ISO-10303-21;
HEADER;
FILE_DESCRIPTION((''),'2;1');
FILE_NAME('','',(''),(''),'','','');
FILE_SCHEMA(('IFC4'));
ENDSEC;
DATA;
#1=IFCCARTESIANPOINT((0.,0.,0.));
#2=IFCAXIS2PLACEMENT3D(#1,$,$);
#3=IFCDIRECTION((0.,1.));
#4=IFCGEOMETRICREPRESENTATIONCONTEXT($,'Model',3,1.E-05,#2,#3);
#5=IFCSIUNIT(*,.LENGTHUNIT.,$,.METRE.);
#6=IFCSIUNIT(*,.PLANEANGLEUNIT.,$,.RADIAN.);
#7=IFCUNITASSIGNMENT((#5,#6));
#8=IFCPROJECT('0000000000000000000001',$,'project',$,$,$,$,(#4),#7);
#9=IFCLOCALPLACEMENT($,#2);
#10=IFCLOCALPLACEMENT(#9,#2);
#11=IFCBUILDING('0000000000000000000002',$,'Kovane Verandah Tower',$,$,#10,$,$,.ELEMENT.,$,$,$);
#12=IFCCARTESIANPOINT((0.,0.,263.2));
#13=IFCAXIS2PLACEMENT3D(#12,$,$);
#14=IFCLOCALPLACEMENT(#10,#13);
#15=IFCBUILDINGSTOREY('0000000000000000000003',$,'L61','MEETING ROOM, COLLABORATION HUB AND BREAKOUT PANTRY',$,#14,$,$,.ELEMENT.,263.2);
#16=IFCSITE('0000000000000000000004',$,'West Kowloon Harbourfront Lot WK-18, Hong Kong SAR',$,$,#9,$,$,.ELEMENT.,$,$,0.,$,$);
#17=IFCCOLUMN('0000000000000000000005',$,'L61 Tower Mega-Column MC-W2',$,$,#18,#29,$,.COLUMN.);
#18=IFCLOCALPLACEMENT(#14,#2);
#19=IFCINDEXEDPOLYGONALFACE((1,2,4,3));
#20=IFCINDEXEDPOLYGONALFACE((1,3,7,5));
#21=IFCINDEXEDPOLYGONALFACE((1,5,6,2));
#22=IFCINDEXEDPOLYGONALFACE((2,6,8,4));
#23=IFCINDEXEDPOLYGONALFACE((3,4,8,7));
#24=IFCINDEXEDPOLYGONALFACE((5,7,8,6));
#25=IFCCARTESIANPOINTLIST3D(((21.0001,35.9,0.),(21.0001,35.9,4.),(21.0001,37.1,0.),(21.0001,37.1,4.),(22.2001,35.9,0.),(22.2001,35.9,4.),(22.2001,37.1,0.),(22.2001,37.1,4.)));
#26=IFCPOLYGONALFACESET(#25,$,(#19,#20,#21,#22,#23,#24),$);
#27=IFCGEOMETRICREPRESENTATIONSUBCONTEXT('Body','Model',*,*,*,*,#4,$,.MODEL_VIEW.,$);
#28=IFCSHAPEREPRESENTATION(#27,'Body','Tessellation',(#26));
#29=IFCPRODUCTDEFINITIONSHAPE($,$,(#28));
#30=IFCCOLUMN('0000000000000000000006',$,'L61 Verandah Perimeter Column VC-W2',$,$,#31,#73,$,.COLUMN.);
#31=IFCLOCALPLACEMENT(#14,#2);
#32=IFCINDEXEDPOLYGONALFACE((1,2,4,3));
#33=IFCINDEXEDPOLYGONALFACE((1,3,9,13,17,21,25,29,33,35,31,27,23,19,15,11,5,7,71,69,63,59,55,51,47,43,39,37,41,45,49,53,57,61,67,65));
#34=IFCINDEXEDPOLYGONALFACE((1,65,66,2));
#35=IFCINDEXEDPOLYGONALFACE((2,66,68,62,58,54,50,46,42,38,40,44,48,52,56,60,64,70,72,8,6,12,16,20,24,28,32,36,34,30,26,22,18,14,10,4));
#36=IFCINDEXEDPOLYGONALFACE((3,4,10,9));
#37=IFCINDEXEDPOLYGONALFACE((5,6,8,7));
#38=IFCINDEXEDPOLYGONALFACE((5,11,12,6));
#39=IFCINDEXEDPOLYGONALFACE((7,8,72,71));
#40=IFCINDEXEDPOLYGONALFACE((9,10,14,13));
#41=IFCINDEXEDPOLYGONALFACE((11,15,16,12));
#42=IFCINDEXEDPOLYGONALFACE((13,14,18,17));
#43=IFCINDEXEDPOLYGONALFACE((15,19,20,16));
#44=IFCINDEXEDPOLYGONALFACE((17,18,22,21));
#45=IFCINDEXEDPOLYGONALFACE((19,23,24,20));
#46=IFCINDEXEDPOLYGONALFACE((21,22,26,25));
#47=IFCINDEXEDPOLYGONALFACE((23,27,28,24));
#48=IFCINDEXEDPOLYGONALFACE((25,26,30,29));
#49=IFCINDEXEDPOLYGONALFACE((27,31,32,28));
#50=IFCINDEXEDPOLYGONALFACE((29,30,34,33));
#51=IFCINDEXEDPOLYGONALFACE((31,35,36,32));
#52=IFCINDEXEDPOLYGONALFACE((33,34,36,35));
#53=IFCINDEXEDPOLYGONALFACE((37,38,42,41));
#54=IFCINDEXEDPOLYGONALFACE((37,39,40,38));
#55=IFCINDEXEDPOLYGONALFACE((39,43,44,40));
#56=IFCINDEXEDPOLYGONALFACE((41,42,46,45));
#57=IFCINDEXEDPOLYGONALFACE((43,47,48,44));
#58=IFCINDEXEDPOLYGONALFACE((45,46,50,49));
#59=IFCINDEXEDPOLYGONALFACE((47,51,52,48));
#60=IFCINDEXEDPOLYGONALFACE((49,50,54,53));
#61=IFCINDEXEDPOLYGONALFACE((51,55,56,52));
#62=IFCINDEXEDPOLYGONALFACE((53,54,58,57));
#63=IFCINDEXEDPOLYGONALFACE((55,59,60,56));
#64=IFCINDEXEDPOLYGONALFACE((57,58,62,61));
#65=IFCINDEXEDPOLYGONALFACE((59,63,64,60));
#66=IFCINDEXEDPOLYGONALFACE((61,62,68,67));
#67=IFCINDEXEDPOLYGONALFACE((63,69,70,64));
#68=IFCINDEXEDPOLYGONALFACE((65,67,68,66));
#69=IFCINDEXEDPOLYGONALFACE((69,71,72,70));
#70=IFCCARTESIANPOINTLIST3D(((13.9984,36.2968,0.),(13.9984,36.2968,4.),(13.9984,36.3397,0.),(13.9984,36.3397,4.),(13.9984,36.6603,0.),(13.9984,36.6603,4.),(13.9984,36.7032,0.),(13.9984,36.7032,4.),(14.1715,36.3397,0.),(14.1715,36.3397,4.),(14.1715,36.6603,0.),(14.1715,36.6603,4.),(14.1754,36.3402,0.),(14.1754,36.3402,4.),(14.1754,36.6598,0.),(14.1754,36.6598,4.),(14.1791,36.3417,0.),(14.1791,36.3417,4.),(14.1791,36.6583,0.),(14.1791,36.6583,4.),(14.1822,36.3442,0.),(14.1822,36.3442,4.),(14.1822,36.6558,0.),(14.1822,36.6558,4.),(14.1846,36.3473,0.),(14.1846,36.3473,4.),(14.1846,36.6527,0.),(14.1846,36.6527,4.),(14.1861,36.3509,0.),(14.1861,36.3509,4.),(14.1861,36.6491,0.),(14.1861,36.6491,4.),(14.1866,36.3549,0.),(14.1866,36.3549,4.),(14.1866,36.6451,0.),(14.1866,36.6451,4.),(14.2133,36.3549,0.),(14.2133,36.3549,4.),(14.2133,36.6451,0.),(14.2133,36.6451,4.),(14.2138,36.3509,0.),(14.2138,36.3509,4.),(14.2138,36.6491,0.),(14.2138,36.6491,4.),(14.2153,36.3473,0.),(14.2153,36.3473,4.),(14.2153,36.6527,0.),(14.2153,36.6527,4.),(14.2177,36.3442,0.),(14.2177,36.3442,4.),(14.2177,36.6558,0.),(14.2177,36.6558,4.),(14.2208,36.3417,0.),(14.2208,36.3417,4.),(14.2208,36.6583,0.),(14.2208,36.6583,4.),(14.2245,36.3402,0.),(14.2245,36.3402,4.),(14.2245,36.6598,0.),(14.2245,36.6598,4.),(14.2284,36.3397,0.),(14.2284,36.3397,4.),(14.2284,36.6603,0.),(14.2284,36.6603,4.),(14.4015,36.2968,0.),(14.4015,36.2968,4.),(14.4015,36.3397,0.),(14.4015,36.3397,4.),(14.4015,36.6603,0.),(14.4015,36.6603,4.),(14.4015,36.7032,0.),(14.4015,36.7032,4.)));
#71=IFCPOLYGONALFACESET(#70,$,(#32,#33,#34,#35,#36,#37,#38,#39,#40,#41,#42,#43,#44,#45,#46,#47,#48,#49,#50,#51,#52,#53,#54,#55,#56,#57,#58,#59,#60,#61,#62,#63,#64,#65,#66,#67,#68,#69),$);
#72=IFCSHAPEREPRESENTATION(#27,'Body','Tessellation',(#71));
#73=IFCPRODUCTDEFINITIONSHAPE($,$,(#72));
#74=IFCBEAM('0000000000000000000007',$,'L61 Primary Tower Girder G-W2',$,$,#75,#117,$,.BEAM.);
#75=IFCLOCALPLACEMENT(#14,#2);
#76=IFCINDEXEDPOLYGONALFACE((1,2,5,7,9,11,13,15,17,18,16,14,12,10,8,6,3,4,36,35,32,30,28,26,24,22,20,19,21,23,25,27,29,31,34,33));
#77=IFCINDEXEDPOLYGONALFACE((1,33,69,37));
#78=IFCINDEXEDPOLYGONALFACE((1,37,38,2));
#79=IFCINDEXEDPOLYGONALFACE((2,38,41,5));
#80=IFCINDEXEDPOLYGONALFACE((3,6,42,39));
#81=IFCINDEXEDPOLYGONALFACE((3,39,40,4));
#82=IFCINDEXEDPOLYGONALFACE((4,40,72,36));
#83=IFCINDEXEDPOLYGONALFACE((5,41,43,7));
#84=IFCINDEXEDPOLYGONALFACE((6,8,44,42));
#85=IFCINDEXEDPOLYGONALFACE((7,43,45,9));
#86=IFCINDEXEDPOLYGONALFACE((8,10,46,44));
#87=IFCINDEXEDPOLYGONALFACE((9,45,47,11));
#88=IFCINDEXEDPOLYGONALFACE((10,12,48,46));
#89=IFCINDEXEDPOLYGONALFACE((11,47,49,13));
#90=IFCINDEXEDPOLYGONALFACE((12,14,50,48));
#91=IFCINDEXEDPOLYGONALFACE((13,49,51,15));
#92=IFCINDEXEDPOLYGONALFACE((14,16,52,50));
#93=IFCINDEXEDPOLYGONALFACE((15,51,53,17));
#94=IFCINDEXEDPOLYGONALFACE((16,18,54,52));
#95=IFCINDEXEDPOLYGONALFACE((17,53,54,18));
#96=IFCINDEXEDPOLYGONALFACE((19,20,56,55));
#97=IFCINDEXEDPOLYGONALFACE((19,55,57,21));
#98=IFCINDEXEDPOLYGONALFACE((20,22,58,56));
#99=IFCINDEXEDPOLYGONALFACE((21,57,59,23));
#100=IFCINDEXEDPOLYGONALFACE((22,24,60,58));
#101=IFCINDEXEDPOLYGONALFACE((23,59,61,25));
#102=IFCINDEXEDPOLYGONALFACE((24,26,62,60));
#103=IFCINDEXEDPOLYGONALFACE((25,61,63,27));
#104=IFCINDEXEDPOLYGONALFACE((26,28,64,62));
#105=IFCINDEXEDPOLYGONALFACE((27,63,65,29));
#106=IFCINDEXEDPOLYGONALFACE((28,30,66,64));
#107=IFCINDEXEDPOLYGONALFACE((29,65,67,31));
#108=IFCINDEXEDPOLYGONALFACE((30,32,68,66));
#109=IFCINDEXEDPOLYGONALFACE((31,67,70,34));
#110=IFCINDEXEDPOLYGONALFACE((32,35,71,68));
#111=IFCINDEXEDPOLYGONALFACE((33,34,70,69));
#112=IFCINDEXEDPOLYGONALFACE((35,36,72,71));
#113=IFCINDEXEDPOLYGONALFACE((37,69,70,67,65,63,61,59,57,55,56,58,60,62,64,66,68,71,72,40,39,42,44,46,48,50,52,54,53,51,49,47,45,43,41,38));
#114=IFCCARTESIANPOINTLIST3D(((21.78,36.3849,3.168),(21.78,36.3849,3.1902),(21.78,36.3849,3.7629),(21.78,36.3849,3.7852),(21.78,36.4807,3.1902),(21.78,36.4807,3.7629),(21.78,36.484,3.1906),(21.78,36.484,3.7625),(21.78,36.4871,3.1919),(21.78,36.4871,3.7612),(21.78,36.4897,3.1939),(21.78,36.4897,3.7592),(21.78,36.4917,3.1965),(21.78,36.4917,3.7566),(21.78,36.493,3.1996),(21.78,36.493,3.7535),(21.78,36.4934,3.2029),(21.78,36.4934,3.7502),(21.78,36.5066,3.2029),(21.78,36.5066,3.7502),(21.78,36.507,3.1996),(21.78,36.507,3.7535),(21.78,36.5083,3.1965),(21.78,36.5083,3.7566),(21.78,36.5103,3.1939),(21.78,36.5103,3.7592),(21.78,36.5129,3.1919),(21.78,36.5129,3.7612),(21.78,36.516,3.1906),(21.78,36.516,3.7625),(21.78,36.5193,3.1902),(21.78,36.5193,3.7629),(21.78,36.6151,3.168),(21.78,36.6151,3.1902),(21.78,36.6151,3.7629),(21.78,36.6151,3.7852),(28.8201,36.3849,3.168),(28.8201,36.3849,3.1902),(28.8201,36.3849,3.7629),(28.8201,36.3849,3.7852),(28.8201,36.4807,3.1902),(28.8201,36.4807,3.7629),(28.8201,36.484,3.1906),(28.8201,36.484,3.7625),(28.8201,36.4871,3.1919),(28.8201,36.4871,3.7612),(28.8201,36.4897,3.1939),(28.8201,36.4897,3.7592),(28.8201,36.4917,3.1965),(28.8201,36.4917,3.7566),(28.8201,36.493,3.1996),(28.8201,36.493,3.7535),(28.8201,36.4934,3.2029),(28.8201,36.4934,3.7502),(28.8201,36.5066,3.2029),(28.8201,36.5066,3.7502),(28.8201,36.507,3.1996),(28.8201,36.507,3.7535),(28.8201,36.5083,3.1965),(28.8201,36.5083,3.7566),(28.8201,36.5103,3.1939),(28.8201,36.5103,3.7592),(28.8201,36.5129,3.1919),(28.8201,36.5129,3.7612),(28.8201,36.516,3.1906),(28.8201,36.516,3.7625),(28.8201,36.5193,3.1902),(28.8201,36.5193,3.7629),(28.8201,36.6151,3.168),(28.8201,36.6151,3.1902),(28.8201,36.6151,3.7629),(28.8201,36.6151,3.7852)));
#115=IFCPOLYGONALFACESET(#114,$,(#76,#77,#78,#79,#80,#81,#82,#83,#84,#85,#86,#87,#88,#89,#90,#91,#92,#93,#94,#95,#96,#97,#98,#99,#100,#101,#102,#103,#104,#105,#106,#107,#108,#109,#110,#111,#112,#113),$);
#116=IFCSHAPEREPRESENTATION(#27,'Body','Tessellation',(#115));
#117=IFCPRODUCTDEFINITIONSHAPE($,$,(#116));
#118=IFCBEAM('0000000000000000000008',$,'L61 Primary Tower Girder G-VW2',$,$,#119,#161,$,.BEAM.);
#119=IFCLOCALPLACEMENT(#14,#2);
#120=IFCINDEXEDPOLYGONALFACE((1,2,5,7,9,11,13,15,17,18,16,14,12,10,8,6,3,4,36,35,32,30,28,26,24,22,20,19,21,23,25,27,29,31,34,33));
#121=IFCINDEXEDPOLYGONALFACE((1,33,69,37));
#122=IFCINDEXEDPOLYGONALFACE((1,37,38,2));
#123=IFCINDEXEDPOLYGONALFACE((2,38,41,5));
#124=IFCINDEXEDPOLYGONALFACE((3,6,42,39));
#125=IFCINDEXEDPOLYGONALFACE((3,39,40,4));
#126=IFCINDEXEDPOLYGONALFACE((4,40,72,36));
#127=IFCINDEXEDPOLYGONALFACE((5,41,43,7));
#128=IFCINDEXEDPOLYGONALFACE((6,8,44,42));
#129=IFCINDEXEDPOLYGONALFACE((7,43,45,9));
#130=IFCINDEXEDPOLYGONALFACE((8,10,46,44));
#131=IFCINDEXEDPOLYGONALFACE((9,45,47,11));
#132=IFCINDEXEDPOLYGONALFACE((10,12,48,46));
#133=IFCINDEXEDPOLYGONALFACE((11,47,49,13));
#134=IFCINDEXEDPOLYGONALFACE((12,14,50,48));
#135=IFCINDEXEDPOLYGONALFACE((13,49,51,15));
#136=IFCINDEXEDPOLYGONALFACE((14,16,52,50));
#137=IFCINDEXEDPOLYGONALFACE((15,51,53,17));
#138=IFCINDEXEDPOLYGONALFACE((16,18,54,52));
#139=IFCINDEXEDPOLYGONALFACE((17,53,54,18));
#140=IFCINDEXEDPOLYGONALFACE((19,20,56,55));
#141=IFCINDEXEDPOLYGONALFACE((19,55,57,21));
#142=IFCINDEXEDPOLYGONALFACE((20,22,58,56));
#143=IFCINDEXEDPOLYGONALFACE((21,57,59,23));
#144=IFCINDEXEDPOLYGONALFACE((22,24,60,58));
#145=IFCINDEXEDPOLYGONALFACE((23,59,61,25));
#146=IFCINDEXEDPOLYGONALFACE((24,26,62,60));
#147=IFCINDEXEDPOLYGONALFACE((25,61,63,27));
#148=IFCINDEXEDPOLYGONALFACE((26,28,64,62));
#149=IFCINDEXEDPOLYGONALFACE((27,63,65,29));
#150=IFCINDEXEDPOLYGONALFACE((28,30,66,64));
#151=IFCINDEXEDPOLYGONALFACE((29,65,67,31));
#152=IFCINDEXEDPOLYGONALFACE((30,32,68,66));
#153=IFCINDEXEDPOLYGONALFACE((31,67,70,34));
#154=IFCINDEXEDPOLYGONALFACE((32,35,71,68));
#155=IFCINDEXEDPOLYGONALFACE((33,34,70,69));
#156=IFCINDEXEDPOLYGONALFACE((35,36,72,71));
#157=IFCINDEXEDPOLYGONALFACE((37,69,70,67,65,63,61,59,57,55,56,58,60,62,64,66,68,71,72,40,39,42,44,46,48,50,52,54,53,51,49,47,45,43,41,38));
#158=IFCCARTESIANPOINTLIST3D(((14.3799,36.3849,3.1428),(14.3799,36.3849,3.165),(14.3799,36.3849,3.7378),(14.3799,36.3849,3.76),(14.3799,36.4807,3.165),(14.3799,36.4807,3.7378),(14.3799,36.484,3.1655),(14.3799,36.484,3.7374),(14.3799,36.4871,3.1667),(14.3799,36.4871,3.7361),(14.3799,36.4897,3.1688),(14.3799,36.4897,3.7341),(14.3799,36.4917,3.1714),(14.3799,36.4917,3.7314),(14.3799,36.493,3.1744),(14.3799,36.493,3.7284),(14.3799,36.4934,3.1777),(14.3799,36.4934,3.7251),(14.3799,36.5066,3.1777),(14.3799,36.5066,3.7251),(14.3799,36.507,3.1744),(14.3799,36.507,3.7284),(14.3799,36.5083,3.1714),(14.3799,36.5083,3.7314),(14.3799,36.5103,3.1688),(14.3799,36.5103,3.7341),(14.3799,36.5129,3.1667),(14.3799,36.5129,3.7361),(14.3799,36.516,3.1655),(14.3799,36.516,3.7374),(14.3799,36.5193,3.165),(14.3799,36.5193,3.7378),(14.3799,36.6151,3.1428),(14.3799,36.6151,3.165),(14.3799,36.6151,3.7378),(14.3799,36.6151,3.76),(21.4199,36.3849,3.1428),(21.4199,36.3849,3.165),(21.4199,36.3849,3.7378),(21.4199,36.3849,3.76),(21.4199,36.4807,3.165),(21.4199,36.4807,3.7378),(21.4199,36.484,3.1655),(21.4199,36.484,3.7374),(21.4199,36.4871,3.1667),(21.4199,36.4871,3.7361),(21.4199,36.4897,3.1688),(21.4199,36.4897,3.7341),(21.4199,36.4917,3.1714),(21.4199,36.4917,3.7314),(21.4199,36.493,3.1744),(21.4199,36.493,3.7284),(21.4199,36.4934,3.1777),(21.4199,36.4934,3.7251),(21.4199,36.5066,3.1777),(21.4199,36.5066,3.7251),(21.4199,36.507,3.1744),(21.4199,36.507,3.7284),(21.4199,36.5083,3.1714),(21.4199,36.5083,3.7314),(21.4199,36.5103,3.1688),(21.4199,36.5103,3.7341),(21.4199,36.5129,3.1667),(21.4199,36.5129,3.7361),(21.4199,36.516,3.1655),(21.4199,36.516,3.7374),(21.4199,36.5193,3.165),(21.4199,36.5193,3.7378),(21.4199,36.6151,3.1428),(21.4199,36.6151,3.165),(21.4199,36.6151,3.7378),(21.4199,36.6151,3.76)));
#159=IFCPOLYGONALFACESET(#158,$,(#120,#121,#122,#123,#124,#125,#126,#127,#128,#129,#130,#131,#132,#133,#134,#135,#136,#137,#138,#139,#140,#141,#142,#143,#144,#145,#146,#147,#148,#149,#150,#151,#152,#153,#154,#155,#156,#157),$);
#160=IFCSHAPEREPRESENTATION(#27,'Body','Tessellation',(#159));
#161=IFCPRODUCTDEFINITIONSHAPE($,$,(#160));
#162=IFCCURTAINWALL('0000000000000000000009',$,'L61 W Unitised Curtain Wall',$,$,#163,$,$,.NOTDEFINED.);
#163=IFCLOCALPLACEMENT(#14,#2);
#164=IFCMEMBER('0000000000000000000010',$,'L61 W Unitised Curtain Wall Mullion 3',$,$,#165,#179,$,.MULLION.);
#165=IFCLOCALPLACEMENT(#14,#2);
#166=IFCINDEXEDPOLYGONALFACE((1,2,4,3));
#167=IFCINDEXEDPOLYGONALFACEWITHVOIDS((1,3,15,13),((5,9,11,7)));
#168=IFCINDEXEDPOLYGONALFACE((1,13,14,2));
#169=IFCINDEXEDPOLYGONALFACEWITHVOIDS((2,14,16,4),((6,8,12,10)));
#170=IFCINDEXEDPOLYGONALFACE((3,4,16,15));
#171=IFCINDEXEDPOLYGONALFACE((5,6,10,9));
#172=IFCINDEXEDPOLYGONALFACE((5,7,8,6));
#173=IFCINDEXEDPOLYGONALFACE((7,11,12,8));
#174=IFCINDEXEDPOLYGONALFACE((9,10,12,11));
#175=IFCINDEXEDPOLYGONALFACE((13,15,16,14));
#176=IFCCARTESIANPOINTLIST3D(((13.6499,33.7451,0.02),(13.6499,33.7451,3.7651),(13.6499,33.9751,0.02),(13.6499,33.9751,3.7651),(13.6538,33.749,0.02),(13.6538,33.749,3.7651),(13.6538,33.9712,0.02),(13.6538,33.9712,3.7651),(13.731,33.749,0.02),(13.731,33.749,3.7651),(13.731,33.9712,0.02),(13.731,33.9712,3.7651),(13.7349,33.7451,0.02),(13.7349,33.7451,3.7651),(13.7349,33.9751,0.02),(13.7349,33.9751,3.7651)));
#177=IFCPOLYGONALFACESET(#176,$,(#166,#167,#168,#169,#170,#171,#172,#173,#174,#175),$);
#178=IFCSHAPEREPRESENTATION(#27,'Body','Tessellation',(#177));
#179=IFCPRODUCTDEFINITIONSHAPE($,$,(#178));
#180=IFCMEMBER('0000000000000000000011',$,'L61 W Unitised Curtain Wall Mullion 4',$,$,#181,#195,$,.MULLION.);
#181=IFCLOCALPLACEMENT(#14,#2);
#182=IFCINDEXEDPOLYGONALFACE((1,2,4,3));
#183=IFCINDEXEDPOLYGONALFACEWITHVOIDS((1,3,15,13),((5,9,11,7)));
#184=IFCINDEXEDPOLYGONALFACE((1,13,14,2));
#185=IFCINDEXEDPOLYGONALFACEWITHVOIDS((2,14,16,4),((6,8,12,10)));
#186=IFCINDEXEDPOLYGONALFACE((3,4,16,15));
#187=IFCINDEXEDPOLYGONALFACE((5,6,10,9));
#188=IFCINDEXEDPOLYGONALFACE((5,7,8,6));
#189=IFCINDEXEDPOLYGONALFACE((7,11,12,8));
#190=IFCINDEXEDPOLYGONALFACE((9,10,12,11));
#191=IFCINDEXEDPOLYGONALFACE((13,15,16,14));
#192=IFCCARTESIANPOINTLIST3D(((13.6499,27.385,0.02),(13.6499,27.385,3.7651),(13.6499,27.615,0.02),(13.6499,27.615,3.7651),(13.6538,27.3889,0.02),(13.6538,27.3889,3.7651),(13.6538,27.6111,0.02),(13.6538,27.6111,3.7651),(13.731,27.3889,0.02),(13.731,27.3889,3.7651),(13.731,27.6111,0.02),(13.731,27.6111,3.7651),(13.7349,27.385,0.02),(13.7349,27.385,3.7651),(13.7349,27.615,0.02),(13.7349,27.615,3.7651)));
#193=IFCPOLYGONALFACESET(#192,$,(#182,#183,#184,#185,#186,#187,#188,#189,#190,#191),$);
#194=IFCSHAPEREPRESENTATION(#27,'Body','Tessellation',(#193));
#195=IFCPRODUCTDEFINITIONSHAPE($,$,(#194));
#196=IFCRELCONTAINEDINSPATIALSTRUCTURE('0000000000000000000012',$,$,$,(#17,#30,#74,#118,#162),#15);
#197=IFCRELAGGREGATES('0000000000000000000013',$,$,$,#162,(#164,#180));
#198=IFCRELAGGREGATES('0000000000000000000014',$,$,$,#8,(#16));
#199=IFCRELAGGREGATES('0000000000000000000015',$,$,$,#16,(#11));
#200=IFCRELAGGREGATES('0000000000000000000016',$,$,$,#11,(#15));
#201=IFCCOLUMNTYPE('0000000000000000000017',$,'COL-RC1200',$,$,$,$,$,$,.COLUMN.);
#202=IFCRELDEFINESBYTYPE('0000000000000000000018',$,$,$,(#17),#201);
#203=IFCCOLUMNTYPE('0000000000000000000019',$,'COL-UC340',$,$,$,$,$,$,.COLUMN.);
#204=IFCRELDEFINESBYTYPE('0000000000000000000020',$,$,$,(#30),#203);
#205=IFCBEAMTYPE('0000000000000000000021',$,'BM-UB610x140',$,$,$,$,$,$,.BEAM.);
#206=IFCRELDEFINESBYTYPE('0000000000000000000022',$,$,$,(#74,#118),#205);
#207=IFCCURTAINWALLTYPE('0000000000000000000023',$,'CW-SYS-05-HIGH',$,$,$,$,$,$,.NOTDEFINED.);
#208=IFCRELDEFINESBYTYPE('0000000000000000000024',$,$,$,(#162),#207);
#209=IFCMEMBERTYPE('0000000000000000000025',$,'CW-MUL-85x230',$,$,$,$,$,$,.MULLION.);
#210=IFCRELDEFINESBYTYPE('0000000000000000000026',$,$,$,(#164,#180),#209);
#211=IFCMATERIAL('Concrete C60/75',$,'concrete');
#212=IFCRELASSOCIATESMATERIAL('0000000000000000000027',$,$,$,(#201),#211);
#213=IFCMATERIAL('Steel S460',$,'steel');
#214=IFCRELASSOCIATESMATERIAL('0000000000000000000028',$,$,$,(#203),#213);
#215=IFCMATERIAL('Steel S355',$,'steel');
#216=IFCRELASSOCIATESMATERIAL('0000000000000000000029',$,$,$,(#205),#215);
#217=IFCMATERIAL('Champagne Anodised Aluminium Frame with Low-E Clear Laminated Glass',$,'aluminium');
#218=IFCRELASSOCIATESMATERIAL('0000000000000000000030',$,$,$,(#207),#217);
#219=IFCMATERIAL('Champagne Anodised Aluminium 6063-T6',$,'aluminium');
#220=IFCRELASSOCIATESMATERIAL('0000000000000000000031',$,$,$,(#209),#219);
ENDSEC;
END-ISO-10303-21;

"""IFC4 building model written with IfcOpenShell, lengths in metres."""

from ifc_helpers import new_model, si_unit, direction, frame, origin, origin_2d, place, context, subcontext, project, spatial, rectangle, hollow_rectangle, i_section, extrude, material, material_profile, profile_set, type_object, element, aggregate, save


model = new_model("IFC4")

# Units and contexts
model_context = context("Model", 3, precision=1e-05, world=origin(), true_north=direction((0.0, 1.0)))
body_context = subcontext(model_context, "Body", "Model", "MODEL_VIEW")
ifc_project = project(units=[si_unit("LENGTHUNIT", "METRE"), si_unit("PLANEANGLEUNIT", "RADIAN")], contexts=[model_context])

# Site, building, storey
site_placement = place(None, origin())
site = spatial("IfcSite", under=ifc_project, at=site_placement, Name="West Kowloon Harbourfront Lot WK-18, Hong Kong SAR", CompositionType="ELEMENT", RefElevation=0.0)
building_placement = place(site_placement, origin())
building = spatial("IfcBuilding", under=site, at=building_placement, Name="Kovane Verandah Tower", CompositionType="ELEMENT")
storey_placement = place(building_placement, frame((0.0, 0.0, 263.2)))
storey = spatial("IfcBuildingStorey", under=building, at=storey_placement, Name="L61", Description="MEETING ROOM, COLLABORATION HUB AND BREAKOUT PANTRY", CompositionType="ELEMENT", Elevation=263.2)

# Columns
ifc_material_1 = material(Name="Concrete C60/75", Category="concrete")
ifc_material_profile_1 = material_profile(ifc_material_1, rectangle(XDim=1.2, YDim=1.2, at=origin_2d()), Name="RC1200x1200")
ifc_profile_set_1 = profile_set([ifc_material_profile_1], Name="Concrete C60/75")
column_type_1 = type_object("IfcColumnType", Name="COL-RC1200", PredefinedType="COLUMN", material=ifc_profile_set_1)
column_1_placement = place(storey_placement, frame((21.6001, 36.5, 0.0), z_axis=(0.0, 0.0, 1.0), x_axis=(1.0, 0.0, 0.0)))
element("IfcColumn", 1, at=column_1_placement, inside=storey, type_object=column_type_1, Name="L61 Tower Mega-Column MC-W2", PredefinedType="COLUMN", context=body_context, shape_type="SweptSolid", body=[
    extrude(rectangle(XDim=1.2, YDim=1.2, at=origin_2d()), origin(), (0.0, 0.0, 1.0), 4.0),
])
ifc_material_2 = material(Name="Steel S460", Category="steel")
ifc_material_profile_2 = material_profile(ifc_material_2, i_section(OverallWidth=0.4031, OverallDepth=0.4065, WebThickness=0.0266, FlangeThickness=0.043, FilletRadius=0.0151, at=origin_2d()), Name="UC356x406x340")
ifc_profile_set_2 = profile_set([ifc_material_profile_2], Name="Steel S460")
column_type_2 = type_object("IfcColumnType", Name="COL-UC340", PredefinedType="COLUMN", material=ifc_profile_set_2)
column_2_placement = place(storey_placement, frame((14.2, 36.5, 0.0), z_axis=(0.0, 0.0, 1.0), x_axis=(1.0, 0.0, 0.0)))
element("IfcColumn", 2, at=column_2_placement, inside=storey, type_object=column_type_2, Name="L61 Verandah Perimeter Column VC-W2", PredefinedType="COLUMN", context=body_context, shape_type="SweptSolid", body=[
    extrude(i_section(OverallWidth=0.4031, OverallDepth=0.4065, WebThickness=0.0266, FlangeThickness=0.043, FilletRadius=0.0151, at=origin_2d()), origin(), (0.0, 0.0, 1.0), 4.0),
])

# Beams
ifc_material_3 = material(Name="Steel S355", Category="steel")
ifc_material_profile_3 = material_profile(ifc_material_3, i_section(OverallWidth=0.2302, OverallDepth=0.6172, WebThickness=0.0132, FlangeThickness=0.0222, FilletRadius=0.0127, at=origin_2d()), Name="UB610x229x140")
ifc_profile_set_3 = profile_set([ifc_material_profile_3], Name="Steel S355")
beam_type = type_object("IfcBeamType", Name="BM-UB610x140", PredefinedType="BEAM", material=ifc_profile_set_3)
for number, where, z_axis, x_axis, name in (
    (3, (28.8201, 36.5, 3.4766), (-1.0, 0.0, 0.0), (0.0, -1.0, 0.0), "L61 Primary Tower Girder G-W2"),
    (4, (21.4199, 36.5, 3.4514), (-1.0, 0.0, 0.0), (0.0, -1.0, 0.0), "L61 Primary Tower Girder G-VW2"),
):
    element("IfcBeam", number, at=place(storey_placement, frame(where, z_axis=z_axis, x_axis=x_axis)), inside=storey, type_object=beam_type, Name=name, PredefinedType="BEAM", context=body_context, shape_type="SweptSolid", body=[
        extrude(i_section(OverallWidth=0.2302, OverallDepth=0.6172, WebThickness=0.0132, FlangeThickness=0.0222, FilletRadius=0.0127, at=origin_2d()), origin(), (0.0, 0.0, 1.0), 7.04),
    ])

# Curtain wall, members
ifc_material_4 = material(Name="Champagne Anodised Aluminium Frame with Low-E Clear Laminated Glass", Category="aluminium")
curtain_wall_type = type_object("IfcCurtainWallType", Name="CW-SYS-05-HIGH", PredefinedType="NOTDEFINED", material=ifc_material_4)
curtain_wall_placement = place(storey_placement, origin())
curtain_wall = element("IfcCurtainWall", 5, at=curtain_wall_placement, inside=storey, type_object=curtain_wall_type, Name="L61 W Unitised Curtain Wall", PredefinedType="NOTDEFINED")
ifc_material_5 = material(Name="Champagne Anodised Aluminium 6063-T6", Category="aluminium")
ifc_material_profile_4 = material_profile(ifc_material_5, hollow_rectangle(XDim=0.085, YDim=0.23, WallThickness=0.0039, at=origin_2d()), Name="AL85x230x4")
ifc_profile_set_4 = profile_set([ifc_material_profile_4], Name="Champagne Anodised Aluminium 6063-T6")
member_type_1 = type_object("IfcMemberType", Name="CW-MUL-85x230", PredefinedType="MULLION", material=ifc_profile_set_4)
member_1_placement = place(storey_placement, frame((13.6924, 33.8601, 0.02), z_axis=(0.0, 0.0, 1.0), x_axis=(-1.0, 0.0, 0.0)))
member_1 = element("IfcMember", 6, at=member_1_placement, type_object=member_type_1, Name="L61 W Unitised Curtain Wall Mullion 3", PredefinedType="MULLION", context=body_context, shape_type="SweptSolid", body=[
    extrude(hollow_rectangle(XDim=0.085, YDim=0.23, WallThickness=0.0039, at=origin_2d()), origin(), (0.0, 0.0, 1.0), 3.7451),
])
member_2_placement = place(storey_placement, frame((13.6924, 27.5, 0.02), z_axis=(0.0, 0.0, 1.0), x_axis=(-1.0, 0.0, 0.0)))
member_2 = element("IfcMember", 7, at=member_2_placement, type_object=member_type_1, Name="L61 W Unitised Curtain Wall Mullion 4", PredefinedType="MULLION", context=body_context, shape_type="SweptSolid", body=[
    extrude(hollow_rectangle(XDim=0.085, YDim=0.23, WallThickness=0.0039, at=origin_2d()), origin(), (0.0, 0.0, 1.0), 3.7451),
])
aggregate(curtain_wall, [member_1, member_2])

save(model, "model.ifc")
